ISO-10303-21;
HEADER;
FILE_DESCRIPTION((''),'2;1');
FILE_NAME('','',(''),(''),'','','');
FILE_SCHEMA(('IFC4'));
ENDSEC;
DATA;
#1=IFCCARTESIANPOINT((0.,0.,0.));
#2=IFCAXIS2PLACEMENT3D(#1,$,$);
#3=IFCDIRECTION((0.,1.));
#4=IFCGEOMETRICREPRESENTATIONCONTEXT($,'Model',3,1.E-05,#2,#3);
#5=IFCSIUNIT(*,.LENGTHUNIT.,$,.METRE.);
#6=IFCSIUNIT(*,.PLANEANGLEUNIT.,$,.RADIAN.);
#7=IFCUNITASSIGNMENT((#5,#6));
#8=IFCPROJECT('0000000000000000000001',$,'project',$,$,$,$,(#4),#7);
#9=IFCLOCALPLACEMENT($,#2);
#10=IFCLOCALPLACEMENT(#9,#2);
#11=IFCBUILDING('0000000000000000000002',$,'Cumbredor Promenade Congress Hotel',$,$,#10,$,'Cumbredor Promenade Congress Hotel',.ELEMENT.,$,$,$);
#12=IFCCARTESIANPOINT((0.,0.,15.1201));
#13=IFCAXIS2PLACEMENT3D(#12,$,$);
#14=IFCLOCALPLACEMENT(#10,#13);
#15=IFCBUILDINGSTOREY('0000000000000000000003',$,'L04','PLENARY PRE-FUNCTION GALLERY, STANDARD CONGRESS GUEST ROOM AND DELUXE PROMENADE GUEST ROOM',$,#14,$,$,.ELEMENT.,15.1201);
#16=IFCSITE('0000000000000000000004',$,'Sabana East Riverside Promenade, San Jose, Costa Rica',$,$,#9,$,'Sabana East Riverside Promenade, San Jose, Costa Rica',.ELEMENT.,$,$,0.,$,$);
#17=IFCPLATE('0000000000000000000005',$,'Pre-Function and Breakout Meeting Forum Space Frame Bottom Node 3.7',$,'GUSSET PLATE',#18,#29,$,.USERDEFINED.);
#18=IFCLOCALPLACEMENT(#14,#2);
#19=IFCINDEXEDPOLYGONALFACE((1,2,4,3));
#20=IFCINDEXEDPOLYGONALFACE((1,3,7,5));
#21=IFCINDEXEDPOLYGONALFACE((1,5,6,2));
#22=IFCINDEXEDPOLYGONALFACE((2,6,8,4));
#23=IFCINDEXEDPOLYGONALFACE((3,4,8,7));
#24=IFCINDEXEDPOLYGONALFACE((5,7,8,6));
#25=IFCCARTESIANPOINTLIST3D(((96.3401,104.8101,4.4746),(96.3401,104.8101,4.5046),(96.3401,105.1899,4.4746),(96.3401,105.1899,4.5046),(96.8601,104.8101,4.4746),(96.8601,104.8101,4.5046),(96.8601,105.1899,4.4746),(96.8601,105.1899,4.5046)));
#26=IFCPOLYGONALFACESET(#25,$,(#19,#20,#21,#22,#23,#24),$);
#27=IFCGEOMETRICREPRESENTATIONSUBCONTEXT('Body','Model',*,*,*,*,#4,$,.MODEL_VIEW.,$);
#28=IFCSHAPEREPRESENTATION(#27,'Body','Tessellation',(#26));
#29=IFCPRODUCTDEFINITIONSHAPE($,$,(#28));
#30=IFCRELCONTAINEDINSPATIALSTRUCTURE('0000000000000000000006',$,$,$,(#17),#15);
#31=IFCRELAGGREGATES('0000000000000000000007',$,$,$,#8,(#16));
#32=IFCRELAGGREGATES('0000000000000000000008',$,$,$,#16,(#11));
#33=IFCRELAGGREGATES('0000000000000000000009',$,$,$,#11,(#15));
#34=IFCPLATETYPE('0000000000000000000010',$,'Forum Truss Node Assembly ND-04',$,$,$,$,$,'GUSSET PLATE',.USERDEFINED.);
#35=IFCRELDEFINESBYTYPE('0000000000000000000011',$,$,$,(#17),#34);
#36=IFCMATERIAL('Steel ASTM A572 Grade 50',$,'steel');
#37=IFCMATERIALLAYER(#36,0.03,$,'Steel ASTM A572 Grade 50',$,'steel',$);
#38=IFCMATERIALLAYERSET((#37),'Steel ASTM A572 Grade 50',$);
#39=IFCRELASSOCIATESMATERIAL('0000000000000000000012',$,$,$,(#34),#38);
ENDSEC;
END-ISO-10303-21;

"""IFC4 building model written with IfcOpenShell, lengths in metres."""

from ifc_helpers import new_model, si_unit, direction, frame, origin, origin_2d, place, context, subcontext, project, spatial, rectangle, extrude, material, layer, layer_set, type_object, element, save


model = new_model("IFC4")

# Units and contexts
model_context = context("Model", 3, precision=1e-05, world=origin(), true_north=direction((0.0, 1.0)))
body_context = subcontext(model_context, "Body", "Model", "MODEL_VIEW")
ifc_project = project(units=[si_unit("LENGTHUNIT", "METRE"), si_unit("PLANEANGLEUNIT", "RADIAN")], contexts=[model_context])

# Site, building, storey
site_placement = place(None, origin())
site = spatial("IfcSite", under=ifc_project, at=site_placement, Name="Sabana East Riverside Promenade, San Jose, Costa Rica", LongName="Sabana East Riverside Promenade, San Jose, Costa Rica", CompositionType="ELEMENT", RefElevation=0.0)
building_placement = place(site_placement, origin())
building = spatial("IfcBuilding", under=site, at=building_placement, Name="Cumbredor Promenade Congress Hotel", LongName="Cumbredor Promenade Congress Hotel", CompositionType="ELEMENT")
storey_placement = place(building_placement, frame((0.0, 0.0, 15.1201)))
storey = spatial("IfcBuildingStorey", under=building, at=storey_placement, Name="L04", Description="PLENARY PRE-FUNCTION GALLERY, STANDARD CONGRESS GUEST ROOM AND DELUXE PROMENADE GUEST ROOM", CompositionType="ELEMENT", Elevation=15.1201)

# Plate
ifc_material_1 = material(Name="Steel ASTM A572 Grade 50", Category="steel")
ifc_layer_1 = layer(ifc_material_1, 0.03, Name="Steel ASTM A572 Grade 50", Category="steel")
ifc_layer_set_1 = layer_set([ifc_layer_1], Name="Steel ASTM A572 Grade 50")
plate_type_1 = type_object("IfcPlateType", Name="Forum Truss Node Assembly ND-04", ElementType="GUSSET PLATE", PredefinedType="USERDEFINED", material=ifc_layer_set_1)
for number, where, z_axis, x_axis, name in (
    (1, (96.6001, 105.0, 4.4746), (0.0, 0.0, 1.0), (1.0, 0.0, 0.0), "Pre-Function and Breakout Meeting Forum Space Frame Bottom Node 3.7"),
):
    element("IfcPlate", number, at=place(storey_placement, frame(where, z_axis=z_axis, x_axis=x_axis)), inside=storey, type_object=plate_type_1, Name=name, ObjectType="GUSSET PLATE", PredefinedType="USERDEFINED", context=body_context, shape_type="SweptSolid", body=[
        extrude(rectangle(XDim=0.52, YDim=0.3799, at=origin_2d()), origin(), (0.0, 0.0, 1.0), 0.03),
    ])

save(model, "model.ifc")
